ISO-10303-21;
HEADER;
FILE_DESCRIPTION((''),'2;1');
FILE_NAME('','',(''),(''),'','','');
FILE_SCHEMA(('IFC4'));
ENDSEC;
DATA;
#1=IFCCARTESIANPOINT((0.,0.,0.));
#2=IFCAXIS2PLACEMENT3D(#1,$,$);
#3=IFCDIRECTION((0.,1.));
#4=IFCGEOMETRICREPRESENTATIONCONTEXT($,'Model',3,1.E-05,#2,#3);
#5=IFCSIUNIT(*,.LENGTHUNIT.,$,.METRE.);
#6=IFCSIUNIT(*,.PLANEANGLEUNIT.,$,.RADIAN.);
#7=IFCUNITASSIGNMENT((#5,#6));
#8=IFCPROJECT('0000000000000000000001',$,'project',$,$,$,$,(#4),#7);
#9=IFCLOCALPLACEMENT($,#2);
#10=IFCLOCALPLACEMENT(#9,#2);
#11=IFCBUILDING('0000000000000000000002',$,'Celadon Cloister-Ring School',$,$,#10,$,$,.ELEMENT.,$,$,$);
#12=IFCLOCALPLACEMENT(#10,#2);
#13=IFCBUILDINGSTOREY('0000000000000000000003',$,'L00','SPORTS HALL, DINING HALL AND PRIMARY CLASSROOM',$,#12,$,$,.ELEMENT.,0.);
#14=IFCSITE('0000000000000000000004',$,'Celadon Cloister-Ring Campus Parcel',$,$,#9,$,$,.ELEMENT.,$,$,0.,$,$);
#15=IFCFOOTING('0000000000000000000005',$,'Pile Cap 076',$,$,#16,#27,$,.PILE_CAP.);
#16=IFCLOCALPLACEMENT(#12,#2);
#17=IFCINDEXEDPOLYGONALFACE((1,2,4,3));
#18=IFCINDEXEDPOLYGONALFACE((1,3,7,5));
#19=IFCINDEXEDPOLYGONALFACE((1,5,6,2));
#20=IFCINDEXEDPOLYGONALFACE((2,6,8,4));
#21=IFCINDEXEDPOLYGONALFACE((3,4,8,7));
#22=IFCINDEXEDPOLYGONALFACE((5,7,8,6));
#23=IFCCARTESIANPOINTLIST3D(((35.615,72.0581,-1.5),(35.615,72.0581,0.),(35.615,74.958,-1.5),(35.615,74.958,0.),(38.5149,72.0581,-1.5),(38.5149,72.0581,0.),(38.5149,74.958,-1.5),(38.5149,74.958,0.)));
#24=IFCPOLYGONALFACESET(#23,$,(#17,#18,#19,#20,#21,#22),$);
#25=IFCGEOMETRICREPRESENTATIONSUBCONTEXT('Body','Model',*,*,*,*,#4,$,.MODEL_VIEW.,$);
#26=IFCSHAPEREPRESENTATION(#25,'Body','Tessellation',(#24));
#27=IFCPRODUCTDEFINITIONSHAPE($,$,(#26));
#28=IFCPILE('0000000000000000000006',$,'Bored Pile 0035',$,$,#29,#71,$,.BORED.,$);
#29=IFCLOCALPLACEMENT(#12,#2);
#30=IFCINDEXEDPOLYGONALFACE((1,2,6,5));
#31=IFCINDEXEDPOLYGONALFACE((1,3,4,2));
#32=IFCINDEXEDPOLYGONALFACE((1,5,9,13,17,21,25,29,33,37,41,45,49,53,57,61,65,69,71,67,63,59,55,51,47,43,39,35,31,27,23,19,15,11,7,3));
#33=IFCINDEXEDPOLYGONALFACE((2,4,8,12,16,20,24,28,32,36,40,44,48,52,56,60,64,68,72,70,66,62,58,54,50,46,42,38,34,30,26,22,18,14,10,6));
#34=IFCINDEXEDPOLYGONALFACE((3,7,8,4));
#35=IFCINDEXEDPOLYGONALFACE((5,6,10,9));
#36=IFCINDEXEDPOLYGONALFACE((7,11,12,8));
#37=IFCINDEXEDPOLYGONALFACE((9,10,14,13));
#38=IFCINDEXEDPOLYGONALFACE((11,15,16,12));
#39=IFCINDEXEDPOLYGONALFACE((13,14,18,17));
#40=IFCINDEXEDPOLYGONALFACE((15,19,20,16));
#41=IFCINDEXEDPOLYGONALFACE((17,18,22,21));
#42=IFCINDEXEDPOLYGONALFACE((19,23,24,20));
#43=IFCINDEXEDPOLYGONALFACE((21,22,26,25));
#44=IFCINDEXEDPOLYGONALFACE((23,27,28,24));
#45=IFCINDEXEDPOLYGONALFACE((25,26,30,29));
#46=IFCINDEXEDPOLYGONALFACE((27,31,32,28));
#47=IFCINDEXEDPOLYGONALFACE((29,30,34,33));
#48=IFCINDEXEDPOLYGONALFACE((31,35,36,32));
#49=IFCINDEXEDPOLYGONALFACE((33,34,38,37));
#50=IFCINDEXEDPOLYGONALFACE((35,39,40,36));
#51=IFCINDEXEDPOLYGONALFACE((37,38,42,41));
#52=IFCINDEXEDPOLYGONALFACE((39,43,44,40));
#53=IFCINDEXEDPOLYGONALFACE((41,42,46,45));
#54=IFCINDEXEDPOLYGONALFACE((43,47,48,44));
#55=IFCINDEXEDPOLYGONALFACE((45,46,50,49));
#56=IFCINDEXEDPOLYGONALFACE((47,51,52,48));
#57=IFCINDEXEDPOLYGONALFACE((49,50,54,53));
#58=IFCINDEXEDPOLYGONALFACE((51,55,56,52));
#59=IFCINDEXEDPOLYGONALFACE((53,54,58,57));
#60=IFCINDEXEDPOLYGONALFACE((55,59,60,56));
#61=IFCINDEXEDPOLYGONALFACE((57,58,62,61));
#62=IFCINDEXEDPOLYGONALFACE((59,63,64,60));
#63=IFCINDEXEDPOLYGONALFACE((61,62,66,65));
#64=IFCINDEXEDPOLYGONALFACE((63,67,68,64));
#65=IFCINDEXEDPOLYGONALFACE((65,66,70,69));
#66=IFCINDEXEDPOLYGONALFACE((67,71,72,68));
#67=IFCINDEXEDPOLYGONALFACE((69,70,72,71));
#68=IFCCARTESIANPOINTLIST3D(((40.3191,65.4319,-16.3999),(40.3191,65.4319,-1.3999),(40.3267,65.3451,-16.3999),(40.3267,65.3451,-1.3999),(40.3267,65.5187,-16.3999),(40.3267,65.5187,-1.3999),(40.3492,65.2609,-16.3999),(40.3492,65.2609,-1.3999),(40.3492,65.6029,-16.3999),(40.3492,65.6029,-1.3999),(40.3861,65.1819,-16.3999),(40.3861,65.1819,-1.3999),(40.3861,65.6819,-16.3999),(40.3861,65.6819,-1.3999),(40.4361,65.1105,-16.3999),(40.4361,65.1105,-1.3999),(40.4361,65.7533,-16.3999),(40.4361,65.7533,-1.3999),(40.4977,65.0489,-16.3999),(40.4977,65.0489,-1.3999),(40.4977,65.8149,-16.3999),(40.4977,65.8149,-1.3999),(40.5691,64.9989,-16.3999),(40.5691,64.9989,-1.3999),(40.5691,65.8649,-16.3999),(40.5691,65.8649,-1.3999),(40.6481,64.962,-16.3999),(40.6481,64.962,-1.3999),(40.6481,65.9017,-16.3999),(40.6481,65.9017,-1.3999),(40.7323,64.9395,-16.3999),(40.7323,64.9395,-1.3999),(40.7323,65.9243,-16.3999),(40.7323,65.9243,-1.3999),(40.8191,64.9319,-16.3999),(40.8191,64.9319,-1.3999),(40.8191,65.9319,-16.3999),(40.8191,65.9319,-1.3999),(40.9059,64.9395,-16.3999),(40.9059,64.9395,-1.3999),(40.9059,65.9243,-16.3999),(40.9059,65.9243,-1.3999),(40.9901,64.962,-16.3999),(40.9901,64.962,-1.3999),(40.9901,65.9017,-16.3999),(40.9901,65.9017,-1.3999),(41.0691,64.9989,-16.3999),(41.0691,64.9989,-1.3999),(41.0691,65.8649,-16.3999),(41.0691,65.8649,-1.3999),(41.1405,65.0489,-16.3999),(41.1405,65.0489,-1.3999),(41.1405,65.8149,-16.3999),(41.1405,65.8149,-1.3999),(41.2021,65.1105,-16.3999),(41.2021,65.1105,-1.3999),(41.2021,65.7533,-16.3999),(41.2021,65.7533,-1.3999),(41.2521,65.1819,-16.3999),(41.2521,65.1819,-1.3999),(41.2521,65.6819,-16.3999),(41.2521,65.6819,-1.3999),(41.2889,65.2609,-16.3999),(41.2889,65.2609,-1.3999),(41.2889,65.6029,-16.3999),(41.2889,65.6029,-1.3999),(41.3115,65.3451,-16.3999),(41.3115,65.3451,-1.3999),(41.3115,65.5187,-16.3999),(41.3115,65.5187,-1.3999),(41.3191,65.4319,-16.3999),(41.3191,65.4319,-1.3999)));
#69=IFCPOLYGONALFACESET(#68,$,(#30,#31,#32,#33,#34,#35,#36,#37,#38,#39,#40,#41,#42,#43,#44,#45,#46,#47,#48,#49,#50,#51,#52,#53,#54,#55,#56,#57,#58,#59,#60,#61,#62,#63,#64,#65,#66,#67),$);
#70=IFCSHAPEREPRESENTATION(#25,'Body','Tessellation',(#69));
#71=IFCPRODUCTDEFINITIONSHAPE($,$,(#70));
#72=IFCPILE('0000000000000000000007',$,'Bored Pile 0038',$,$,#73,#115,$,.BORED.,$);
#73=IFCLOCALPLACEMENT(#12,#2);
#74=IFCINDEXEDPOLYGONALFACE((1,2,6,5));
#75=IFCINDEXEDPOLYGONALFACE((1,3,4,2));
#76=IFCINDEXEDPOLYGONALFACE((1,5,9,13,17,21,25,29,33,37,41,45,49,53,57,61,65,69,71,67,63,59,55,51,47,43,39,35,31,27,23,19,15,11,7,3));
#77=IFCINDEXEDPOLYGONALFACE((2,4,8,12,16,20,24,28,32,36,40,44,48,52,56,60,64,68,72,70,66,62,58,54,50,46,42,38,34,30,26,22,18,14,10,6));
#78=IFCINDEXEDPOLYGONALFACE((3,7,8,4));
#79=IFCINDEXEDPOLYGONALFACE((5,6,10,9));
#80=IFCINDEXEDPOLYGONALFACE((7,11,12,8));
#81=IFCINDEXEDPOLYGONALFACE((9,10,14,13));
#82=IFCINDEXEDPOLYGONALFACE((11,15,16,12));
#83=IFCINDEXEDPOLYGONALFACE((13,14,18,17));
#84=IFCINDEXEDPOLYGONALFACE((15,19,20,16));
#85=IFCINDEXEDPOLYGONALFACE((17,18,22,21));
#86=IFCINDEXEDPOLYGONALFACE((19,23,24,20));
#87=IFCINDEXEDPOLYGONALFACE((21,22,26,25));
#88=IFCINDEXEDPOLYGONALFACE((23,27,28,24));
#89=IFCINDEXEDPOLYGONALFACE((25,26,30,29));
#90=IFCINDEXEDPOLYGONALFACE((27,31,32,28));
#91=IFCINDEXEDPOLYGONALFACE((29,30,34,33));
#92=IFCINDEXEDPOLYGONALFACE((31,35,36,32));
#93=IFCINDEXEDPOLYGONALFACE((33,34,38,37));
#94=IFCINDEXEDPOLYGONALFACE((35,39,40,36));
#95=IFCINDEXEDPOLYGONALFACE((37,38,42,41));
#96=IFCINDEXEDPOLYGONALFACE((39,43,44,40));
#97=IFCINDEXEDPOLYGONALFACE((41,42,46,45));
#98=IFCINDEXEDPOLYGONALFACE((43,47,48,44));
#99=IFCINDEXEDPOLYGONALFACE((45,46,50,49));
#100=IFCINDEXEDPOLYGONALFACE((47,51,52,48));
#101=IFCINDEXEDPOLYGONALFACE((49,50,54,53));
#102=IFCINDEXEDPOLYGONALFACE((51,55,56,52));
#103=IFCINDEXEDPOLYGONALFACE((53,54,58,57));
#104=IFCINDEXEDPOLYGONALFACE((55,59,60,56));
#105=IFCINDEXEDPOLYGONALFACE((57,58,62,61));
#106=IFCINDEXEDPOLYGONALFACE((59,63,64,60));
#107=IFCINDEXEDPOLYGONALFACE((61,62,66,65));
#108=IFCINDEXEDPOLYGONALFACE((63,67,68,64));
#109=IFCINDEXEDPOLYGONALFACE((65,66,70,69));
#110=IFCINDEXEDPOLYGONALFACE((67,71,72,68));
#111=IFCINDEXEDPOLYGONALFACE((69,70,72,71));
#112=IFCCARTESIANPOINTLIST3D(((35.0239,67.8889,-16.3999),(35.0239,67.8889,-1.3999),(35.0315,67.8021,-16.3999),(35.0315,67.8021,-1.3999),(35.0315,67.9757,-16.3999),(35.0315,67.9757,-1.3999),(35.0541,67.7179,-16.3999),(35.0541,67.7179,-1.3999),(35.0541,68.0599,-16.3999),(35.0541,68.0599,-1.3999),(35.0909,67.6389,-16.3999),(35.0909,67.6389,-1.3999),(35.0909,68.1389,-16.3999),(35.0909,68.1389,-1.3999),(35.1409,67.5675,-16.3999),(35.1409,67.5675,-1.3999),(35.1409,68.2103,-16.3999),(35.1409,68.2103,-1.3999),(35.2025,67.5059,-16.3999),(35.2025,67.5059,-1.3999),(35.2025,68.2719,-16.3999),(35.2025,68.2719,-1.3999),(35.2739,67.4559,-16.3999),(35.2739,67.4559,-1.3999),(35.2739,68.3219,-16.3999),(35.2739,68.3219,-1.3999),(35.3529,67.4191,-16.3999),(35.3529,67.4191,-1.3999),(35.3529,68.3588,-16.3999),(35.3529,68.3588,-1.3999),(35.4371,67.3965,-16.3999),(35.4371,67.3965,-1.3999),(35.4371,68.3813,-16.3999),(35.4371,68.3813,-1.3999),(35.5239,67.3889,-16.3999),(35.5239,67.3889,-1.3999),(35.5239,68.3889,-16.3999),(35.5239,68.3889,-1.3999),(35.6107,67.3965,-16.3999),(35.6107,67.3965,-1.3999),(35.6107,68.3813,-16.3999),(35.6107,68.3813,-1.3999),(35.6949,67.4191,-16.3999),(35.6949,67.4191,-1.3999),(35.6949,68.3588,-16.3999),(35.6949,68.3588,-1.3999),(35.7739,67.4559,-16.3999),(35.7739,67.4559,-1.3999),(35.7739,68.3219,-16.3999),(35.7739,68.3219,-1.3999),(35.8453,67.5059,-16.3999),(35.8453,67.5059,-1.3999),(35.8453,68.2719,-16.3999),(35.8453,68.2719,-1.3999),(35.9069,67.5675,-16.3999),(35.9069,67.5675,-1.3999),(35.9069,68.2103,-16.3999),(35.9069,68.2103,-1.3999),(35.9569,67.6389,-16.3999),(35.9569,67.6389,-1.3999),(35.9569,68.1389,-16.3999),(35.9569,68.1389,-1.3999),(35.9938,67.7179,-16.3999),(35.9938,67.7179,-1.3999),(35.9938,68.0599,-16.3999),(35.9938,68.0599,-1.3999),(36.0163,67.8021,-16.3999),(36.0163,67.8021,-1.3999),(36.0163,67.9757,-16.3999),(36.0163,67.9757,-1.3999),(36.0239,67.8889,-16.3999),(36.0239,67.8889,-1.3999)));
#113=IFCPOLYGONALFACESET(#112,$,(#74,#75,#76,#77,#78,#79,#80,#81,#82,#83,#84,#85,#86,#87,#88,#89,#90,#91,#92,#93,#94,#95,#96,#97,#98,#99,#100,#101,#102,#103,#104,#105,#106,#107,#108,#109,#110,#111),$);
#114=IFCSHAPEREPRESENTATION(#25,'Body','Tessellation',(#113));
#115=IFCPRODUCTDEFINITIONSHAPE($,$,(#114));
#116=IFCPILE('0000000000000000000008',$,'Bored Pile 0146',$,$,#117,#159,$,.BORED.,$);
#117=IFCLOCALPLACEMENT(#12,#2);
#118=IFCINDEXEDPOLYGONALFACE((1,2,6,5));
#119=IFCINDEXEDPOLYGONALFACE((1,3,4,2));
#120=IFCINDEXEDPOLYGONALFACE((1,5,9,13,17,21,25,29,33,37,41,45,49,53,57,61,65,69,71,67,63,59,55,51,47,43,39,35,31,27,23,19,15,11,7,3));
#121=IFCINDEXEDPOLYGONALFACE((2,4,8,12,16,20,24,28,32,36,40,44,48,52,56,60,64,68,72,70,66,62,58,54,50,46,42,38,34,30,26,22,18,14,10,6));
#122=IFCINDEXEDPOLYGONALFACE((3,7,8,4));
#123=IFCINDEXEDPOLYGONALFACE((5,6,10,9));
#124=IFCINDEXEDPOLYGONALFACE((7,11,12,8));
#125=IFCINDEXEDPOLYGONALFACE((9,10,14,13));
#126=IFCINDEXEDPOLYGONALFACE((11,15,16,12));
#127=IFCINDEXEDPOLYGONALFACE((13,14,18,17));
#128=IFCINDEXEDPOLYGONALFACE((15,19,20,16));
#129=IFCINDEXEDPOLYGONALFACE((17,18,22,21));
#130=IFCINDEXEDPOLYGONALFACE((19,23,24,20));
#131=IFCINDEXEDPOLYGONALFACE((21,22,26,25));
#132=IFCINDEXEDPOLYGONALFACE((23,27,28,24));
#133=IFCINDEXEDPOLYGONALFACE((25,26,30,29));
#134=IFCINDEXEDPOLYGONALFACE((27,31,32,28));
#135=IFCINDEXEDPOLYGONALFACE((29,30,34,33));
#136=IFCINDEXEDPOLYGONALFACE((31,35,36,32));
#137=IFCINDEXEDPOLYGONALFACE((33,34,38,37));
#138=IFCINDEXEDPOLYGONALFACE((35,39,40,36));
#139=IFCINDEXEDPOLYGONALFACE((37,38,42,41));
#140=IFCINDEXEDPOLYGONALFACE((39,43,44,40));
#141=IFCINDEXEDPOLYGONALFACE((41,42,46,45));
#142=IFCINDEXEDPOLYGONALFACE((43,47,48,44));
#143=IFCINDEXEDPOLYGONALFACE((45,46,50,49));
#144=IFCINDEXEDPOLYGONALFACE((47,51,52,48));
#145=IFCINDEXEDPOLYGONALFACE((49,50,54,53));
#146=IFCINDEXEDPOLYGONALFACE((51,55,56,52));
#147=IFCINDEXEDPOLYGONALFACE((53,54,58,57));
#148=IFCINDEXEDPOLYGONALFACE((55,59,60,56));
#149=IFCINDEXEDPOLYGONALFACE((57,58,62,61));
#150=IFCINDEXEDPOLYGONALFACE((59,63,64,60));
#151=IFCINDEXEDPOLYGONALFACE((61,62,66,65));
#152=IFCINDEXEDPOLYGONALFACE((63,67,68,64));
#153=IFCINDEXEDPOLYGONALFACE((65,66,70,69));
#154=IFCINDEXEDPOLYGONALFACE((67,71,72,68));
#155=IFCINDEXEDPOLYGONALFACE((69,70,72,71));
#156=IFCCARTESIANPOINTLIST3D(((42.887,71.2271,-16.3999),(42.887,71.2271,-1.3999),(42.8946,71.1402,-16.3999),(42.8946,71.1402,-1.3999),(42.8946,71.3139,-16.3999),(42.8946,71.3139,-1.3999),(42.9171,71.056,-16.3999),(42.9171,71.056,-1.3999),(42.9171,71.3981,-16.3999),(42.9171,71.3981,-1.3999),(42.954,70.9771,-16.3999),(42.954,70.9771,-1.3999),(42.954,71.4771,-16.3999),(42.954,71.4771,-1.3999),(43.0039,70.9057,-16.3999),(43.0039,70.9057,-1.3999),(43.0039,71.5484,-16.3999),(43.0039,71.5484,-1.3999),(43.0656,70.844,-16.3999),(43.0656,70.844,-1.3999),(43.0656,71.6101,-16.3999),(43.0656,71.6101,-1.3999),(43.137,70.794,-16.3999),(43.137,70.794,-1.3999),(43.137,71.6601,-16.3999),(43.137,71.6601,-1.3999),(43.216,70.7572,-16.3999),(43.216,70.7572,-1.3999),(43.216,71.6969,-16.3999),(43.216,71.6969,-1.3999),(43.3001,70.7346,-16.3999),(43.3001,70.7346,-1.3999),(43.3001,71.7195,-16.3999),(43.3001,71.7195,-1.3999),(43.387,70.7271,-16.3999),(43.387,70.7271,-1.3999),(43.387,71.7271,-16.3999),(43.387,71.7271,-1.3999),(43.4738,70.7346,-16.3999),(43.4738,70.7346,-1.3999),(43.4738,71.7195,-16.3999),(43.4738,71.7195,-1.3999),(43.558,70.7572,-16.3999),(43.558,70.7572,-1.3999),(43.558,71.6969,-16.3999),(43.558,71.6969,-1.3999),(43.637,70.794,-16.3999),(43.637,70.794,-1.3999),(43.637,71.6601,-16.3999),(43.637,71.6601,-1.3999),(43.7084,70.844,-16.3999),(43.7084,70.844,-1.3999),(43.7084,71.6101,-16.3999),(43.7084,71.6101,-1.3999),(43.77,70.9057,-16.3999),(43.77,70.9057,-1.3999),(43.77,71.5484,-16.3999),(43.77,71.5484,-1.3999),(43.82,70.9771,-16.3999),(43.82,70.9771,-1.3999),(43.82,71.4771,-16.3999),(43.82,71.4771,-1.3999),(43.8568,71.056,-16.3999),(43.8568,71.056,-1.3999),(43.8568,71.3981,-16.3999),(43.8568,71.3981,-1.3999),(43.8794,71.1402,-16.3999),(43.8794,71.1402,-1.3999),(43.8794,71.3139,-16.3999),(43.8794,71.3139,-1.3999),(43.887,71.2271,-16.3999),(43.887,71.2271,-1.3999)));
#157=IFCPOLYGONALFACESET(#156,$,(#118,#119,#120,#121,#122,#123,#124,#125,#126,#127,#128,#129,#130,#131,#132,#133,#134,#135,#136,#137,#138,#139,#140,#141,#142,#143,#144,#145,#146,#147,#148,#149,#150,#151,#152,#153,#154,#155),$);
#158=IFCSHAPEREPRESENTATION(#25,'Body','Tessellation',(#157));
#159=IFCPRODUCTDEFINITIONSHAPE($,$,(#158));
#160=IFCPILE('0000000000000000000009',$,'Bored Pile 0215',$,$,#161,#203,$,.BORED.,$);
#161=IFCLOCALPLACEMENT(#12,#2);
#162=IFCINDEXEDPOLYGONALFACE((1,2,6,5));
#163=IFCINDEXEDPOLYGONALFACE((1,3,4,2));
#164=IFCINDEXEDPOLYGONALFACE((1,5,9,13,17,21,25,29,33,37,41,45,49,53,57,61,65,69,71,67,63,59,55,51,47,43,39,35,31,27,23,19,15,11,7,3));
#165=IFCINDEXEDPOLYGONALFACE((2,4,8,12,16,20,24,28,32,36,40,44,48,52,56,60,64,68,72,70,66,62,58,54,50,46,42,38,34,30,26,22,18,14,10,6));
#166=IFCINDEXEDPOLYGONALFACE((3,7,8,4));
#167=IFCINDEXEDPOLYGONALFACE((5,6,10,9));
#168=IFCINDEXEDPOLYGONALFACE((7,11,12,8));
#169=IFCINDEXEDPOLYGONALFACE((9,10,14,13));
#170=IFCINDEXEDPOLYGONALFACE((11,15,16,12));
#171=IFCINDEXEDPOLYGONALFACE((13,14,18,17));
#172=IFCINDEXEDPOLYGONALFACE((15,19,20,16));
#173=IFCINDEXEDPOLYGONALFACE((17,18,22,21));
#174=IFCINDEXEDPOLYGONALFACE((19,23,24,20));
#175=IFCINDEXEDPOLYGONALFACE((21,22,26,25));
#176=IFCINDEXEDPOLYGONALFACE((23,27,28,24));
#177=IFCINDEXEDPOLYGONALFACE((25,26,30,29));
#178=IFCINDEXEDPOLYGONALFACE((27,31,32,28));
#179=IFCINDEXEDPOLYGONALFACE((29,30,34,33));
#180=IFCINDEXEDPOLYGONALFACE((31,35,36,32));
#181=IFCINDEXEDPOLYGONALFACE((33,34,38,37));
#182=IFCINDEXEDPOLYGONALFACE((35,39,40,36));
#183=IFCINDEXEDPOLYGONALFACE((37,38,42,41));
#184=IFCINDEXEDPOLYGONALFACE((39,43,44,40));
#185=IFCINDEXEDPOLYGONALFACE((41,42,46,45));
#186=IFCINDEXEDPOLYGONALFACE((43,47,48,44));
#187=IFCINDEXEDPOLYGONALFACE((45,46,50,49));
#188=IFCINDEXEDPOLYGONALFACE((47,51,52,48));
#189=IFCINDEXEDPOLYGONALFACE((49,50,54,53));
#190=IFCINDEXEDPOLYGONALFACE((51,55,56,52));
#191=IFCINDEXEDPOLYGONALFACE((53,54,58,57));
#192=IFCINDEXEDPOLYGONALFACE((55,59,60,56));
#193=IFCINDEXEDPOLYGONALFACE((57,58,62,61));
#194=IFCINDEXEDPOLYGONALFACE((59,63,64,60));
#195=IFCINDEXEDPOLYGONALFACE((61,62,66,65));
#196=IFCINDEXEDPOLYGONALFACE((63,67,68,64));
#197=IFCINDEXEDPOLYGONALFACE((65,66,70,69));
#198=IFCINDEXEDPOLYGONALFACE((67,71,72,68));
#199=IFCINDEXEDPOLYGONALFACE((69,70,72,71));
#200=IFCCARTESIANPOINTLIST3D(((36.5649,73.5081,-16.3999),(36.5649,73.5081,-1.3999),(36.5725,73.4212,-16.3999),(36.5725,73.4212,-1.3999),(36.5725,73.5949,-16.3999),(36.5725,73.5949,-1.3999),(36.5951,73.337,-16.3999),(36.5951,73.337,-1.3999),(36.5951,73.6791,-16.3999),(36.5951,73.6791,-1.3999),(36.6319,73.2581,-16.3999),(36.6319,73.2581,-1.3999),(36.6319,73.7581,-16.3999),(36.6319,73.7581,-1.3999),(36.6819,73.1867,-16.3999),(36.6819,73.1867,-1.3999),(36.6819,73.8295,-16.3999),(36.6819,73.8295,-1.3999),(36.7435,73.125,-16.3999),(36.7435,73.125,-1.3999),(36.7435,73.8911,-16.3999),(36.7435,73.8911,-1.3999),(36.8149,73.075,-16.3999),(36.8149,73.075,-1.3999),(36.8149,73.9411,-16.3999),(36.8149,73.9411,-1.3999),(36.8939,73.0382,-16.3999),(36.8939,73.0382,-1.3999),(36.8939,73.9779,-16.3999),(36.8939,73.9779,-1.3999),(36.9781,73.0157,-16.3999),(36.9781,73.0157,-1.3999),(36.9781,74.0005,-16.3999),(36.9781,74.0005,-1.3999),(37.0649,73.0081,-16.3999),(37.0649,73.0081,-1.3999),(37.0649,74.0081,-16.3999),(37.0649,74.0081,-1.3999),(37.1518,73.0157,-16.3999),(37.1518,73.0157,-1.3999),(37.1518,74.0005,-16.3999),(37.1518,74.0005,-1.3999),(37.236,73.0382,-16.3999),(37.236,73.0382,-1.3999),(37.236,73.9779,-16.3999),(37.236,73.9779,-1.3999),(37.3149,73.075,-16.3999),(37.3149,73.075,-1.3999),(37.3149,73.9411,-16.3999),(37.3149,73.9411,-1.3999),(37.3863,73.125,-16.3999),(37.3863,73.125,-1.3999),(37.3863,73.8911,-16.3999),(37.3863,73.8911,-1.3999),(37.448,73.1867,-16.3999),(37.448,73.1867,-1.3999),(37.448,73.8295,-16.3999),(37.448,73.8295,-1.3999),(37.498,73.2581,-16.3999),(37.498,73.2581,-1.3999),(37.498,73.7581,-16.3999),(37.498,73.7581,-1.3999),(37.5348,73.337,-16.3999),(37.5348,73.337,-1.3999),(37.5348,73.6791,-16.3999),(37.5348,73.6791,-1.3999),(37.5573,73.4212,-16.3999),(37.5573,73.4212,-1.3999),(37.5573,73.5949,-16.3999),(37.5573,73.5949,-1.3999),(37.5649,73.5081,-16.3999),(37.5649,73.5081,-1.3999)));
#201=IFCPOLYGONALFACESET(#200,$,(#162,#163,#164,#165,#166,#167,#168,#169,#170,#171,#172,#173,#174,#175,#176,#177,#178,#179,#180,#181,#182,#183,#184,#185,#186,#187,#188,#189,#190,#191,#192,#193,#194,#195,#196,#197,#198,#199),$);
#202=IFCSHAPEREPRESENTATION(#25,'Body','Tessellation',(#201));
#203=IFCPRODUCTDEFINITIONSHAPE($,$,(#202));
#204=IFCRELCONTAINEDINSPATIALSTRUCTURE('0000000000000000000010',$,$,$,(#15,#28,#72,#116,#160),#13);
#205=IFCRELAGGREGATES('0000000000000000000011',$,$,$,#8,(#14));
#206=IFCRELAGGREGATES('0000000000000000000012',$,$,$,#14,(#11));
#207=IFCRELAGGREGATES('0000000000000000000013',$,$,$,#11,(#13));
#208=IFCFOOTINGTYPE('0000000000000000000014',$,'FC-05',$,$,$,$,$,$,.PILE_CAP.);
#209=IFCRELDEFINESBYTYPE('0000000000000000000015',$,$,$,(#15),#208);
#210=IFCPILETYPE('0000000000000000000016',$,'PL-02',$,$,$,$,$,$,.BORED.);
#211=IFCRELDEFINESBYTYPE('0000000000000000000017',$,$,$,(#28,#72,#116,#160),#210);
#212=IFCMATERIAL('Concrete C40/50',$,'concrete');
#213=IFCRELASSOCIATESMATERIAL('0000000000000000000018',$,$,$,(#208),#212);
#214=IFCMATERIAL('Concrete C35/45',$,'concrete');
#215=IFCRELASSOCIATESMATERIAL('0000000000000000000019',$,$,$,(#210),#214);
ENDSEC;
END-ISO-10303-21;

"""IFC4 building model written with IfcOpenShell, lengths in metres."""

from ifc_helpers import new_model, si_unit, direction, frame, origin, origin_2d, place, context, subcontext, project, spatial, rectangle, circle, extrude, material, material_profile, profile_set, type_object, element, save


model = new_model("IFC4")

# Units and contexts
model_context = context("Model", 3, precision=1e-05, world=origin(), true_north=direction((0.0, 1.0)))
body_context = subcontext(model_context, "Body", "Model", "MODEL_VIEW")
ifc_project = project(units=[si_unit("LENGTHUNIT", "METRE"), si_unit("PLANEANGLEUNIT", "RADIAN")], contexts=[model_context])

# Site, building, storey
site_placement = place(None, origin())
site = spatial("IfcSite", under=ifc_project, at=site_placement, Name="Celadon Cloister-Ring Campus Parcel", CompositionType="ELEMENT", RefElevation=0.0)
building_placement = place(site_placement, origin())
building = spatial("IfcBuilding", under=site, at=building_placement, Name="Celadon Cloister-Ring School", CompositionType="ELEMENT")
storey_placement = place(building_placement, origin())
storey = spatial("IfcBuildingStorey", under=building, at=storey_placement, Name="L00", Description="SPORTS HALL, DINING HALL AND PRIMARY CLASSROOM", CompositionType="ELEMENT", Elevation=0.0)

# Footing
ifc_material_1 = material(Name="Concrete C40/50", Category="concrete")
footing_type = type_object("IfcFootingType", Name="FC-05", PredefinedType="PILE_CAP", material=ifc_material_1)
footing_placement = place(storey_placement, frame((37.0649, 73.5081, -1.5), z_axis=(0.0, 0.0, 1.0), x_axis=(1.0, 0.0, 0.0)))
element("IfcFooting", 1, at=footing_placement, inside=storey, type_object=footing_type, Name="Pile Cap 076", PredefinedType="PILE_CAP", context=body_context, shape_type="SweptSolid", body=[
    extrude(rectangle(XDim=2.8999, YDim=2.8999, at=origin_2d()), origin(), (0.0, 0.0, 1.0), 1.5),
])

# Piles
ifc_material_2 = material(Name="Concrete C35/45", Category="concrete")
ifc_material_profile_1 = material_profile(ifc_material_2, circle(Radius=0.5, at=origin_2d()), Name="PILE1000")
ifc_profile_set_1 = profile_set([ifc_material_profile_1], Name="Concrete C35/45")
pile_type = type_object("IfcPileType", Name="PL-02", PredefinedType="BORED", material=ifc_profile_set_1)
for number, where, z_axis, x_axis, name in (
    (2, (40.8191, 65.4319, -1.3999), (0.0, 0.0, -1.0), (1.0, 0.0, 0.0), "Bored Pile 0035"),
    (3, (35.5239, 67.8889, -1.3999), (0.0, 0.0, -1.0), (1.0, 0.0, 0.0), "Bored Pile 0038"),
    (4, (43.387, 71.2271, -1.3999), (0.0, 0.0, -1.0), (1.0, 0.0, 0.0), "Bored Pile 0146"),
    (5, (37.0649, 73.5081, -1.3999), (0.0, 0.0, -1.0), (1.0, 0.0, 0.0), "Bored Pile 0215"),
):
    element("IfcPile", number, at=place(storey_placement, frame(where, z_axis=z_axis, x_axis=x_axis)), inside=storey, type_object=pile_type, Name=name, PredefinedType="BORED", context=body_context, shape_type="SweptSolid", body=[
        extrude(circle(Radius=0.5, at=origin_2d()), origin(), (0.0, 0.0, 1.0), 15.0),
    ])

save(model, "model.ifc")
